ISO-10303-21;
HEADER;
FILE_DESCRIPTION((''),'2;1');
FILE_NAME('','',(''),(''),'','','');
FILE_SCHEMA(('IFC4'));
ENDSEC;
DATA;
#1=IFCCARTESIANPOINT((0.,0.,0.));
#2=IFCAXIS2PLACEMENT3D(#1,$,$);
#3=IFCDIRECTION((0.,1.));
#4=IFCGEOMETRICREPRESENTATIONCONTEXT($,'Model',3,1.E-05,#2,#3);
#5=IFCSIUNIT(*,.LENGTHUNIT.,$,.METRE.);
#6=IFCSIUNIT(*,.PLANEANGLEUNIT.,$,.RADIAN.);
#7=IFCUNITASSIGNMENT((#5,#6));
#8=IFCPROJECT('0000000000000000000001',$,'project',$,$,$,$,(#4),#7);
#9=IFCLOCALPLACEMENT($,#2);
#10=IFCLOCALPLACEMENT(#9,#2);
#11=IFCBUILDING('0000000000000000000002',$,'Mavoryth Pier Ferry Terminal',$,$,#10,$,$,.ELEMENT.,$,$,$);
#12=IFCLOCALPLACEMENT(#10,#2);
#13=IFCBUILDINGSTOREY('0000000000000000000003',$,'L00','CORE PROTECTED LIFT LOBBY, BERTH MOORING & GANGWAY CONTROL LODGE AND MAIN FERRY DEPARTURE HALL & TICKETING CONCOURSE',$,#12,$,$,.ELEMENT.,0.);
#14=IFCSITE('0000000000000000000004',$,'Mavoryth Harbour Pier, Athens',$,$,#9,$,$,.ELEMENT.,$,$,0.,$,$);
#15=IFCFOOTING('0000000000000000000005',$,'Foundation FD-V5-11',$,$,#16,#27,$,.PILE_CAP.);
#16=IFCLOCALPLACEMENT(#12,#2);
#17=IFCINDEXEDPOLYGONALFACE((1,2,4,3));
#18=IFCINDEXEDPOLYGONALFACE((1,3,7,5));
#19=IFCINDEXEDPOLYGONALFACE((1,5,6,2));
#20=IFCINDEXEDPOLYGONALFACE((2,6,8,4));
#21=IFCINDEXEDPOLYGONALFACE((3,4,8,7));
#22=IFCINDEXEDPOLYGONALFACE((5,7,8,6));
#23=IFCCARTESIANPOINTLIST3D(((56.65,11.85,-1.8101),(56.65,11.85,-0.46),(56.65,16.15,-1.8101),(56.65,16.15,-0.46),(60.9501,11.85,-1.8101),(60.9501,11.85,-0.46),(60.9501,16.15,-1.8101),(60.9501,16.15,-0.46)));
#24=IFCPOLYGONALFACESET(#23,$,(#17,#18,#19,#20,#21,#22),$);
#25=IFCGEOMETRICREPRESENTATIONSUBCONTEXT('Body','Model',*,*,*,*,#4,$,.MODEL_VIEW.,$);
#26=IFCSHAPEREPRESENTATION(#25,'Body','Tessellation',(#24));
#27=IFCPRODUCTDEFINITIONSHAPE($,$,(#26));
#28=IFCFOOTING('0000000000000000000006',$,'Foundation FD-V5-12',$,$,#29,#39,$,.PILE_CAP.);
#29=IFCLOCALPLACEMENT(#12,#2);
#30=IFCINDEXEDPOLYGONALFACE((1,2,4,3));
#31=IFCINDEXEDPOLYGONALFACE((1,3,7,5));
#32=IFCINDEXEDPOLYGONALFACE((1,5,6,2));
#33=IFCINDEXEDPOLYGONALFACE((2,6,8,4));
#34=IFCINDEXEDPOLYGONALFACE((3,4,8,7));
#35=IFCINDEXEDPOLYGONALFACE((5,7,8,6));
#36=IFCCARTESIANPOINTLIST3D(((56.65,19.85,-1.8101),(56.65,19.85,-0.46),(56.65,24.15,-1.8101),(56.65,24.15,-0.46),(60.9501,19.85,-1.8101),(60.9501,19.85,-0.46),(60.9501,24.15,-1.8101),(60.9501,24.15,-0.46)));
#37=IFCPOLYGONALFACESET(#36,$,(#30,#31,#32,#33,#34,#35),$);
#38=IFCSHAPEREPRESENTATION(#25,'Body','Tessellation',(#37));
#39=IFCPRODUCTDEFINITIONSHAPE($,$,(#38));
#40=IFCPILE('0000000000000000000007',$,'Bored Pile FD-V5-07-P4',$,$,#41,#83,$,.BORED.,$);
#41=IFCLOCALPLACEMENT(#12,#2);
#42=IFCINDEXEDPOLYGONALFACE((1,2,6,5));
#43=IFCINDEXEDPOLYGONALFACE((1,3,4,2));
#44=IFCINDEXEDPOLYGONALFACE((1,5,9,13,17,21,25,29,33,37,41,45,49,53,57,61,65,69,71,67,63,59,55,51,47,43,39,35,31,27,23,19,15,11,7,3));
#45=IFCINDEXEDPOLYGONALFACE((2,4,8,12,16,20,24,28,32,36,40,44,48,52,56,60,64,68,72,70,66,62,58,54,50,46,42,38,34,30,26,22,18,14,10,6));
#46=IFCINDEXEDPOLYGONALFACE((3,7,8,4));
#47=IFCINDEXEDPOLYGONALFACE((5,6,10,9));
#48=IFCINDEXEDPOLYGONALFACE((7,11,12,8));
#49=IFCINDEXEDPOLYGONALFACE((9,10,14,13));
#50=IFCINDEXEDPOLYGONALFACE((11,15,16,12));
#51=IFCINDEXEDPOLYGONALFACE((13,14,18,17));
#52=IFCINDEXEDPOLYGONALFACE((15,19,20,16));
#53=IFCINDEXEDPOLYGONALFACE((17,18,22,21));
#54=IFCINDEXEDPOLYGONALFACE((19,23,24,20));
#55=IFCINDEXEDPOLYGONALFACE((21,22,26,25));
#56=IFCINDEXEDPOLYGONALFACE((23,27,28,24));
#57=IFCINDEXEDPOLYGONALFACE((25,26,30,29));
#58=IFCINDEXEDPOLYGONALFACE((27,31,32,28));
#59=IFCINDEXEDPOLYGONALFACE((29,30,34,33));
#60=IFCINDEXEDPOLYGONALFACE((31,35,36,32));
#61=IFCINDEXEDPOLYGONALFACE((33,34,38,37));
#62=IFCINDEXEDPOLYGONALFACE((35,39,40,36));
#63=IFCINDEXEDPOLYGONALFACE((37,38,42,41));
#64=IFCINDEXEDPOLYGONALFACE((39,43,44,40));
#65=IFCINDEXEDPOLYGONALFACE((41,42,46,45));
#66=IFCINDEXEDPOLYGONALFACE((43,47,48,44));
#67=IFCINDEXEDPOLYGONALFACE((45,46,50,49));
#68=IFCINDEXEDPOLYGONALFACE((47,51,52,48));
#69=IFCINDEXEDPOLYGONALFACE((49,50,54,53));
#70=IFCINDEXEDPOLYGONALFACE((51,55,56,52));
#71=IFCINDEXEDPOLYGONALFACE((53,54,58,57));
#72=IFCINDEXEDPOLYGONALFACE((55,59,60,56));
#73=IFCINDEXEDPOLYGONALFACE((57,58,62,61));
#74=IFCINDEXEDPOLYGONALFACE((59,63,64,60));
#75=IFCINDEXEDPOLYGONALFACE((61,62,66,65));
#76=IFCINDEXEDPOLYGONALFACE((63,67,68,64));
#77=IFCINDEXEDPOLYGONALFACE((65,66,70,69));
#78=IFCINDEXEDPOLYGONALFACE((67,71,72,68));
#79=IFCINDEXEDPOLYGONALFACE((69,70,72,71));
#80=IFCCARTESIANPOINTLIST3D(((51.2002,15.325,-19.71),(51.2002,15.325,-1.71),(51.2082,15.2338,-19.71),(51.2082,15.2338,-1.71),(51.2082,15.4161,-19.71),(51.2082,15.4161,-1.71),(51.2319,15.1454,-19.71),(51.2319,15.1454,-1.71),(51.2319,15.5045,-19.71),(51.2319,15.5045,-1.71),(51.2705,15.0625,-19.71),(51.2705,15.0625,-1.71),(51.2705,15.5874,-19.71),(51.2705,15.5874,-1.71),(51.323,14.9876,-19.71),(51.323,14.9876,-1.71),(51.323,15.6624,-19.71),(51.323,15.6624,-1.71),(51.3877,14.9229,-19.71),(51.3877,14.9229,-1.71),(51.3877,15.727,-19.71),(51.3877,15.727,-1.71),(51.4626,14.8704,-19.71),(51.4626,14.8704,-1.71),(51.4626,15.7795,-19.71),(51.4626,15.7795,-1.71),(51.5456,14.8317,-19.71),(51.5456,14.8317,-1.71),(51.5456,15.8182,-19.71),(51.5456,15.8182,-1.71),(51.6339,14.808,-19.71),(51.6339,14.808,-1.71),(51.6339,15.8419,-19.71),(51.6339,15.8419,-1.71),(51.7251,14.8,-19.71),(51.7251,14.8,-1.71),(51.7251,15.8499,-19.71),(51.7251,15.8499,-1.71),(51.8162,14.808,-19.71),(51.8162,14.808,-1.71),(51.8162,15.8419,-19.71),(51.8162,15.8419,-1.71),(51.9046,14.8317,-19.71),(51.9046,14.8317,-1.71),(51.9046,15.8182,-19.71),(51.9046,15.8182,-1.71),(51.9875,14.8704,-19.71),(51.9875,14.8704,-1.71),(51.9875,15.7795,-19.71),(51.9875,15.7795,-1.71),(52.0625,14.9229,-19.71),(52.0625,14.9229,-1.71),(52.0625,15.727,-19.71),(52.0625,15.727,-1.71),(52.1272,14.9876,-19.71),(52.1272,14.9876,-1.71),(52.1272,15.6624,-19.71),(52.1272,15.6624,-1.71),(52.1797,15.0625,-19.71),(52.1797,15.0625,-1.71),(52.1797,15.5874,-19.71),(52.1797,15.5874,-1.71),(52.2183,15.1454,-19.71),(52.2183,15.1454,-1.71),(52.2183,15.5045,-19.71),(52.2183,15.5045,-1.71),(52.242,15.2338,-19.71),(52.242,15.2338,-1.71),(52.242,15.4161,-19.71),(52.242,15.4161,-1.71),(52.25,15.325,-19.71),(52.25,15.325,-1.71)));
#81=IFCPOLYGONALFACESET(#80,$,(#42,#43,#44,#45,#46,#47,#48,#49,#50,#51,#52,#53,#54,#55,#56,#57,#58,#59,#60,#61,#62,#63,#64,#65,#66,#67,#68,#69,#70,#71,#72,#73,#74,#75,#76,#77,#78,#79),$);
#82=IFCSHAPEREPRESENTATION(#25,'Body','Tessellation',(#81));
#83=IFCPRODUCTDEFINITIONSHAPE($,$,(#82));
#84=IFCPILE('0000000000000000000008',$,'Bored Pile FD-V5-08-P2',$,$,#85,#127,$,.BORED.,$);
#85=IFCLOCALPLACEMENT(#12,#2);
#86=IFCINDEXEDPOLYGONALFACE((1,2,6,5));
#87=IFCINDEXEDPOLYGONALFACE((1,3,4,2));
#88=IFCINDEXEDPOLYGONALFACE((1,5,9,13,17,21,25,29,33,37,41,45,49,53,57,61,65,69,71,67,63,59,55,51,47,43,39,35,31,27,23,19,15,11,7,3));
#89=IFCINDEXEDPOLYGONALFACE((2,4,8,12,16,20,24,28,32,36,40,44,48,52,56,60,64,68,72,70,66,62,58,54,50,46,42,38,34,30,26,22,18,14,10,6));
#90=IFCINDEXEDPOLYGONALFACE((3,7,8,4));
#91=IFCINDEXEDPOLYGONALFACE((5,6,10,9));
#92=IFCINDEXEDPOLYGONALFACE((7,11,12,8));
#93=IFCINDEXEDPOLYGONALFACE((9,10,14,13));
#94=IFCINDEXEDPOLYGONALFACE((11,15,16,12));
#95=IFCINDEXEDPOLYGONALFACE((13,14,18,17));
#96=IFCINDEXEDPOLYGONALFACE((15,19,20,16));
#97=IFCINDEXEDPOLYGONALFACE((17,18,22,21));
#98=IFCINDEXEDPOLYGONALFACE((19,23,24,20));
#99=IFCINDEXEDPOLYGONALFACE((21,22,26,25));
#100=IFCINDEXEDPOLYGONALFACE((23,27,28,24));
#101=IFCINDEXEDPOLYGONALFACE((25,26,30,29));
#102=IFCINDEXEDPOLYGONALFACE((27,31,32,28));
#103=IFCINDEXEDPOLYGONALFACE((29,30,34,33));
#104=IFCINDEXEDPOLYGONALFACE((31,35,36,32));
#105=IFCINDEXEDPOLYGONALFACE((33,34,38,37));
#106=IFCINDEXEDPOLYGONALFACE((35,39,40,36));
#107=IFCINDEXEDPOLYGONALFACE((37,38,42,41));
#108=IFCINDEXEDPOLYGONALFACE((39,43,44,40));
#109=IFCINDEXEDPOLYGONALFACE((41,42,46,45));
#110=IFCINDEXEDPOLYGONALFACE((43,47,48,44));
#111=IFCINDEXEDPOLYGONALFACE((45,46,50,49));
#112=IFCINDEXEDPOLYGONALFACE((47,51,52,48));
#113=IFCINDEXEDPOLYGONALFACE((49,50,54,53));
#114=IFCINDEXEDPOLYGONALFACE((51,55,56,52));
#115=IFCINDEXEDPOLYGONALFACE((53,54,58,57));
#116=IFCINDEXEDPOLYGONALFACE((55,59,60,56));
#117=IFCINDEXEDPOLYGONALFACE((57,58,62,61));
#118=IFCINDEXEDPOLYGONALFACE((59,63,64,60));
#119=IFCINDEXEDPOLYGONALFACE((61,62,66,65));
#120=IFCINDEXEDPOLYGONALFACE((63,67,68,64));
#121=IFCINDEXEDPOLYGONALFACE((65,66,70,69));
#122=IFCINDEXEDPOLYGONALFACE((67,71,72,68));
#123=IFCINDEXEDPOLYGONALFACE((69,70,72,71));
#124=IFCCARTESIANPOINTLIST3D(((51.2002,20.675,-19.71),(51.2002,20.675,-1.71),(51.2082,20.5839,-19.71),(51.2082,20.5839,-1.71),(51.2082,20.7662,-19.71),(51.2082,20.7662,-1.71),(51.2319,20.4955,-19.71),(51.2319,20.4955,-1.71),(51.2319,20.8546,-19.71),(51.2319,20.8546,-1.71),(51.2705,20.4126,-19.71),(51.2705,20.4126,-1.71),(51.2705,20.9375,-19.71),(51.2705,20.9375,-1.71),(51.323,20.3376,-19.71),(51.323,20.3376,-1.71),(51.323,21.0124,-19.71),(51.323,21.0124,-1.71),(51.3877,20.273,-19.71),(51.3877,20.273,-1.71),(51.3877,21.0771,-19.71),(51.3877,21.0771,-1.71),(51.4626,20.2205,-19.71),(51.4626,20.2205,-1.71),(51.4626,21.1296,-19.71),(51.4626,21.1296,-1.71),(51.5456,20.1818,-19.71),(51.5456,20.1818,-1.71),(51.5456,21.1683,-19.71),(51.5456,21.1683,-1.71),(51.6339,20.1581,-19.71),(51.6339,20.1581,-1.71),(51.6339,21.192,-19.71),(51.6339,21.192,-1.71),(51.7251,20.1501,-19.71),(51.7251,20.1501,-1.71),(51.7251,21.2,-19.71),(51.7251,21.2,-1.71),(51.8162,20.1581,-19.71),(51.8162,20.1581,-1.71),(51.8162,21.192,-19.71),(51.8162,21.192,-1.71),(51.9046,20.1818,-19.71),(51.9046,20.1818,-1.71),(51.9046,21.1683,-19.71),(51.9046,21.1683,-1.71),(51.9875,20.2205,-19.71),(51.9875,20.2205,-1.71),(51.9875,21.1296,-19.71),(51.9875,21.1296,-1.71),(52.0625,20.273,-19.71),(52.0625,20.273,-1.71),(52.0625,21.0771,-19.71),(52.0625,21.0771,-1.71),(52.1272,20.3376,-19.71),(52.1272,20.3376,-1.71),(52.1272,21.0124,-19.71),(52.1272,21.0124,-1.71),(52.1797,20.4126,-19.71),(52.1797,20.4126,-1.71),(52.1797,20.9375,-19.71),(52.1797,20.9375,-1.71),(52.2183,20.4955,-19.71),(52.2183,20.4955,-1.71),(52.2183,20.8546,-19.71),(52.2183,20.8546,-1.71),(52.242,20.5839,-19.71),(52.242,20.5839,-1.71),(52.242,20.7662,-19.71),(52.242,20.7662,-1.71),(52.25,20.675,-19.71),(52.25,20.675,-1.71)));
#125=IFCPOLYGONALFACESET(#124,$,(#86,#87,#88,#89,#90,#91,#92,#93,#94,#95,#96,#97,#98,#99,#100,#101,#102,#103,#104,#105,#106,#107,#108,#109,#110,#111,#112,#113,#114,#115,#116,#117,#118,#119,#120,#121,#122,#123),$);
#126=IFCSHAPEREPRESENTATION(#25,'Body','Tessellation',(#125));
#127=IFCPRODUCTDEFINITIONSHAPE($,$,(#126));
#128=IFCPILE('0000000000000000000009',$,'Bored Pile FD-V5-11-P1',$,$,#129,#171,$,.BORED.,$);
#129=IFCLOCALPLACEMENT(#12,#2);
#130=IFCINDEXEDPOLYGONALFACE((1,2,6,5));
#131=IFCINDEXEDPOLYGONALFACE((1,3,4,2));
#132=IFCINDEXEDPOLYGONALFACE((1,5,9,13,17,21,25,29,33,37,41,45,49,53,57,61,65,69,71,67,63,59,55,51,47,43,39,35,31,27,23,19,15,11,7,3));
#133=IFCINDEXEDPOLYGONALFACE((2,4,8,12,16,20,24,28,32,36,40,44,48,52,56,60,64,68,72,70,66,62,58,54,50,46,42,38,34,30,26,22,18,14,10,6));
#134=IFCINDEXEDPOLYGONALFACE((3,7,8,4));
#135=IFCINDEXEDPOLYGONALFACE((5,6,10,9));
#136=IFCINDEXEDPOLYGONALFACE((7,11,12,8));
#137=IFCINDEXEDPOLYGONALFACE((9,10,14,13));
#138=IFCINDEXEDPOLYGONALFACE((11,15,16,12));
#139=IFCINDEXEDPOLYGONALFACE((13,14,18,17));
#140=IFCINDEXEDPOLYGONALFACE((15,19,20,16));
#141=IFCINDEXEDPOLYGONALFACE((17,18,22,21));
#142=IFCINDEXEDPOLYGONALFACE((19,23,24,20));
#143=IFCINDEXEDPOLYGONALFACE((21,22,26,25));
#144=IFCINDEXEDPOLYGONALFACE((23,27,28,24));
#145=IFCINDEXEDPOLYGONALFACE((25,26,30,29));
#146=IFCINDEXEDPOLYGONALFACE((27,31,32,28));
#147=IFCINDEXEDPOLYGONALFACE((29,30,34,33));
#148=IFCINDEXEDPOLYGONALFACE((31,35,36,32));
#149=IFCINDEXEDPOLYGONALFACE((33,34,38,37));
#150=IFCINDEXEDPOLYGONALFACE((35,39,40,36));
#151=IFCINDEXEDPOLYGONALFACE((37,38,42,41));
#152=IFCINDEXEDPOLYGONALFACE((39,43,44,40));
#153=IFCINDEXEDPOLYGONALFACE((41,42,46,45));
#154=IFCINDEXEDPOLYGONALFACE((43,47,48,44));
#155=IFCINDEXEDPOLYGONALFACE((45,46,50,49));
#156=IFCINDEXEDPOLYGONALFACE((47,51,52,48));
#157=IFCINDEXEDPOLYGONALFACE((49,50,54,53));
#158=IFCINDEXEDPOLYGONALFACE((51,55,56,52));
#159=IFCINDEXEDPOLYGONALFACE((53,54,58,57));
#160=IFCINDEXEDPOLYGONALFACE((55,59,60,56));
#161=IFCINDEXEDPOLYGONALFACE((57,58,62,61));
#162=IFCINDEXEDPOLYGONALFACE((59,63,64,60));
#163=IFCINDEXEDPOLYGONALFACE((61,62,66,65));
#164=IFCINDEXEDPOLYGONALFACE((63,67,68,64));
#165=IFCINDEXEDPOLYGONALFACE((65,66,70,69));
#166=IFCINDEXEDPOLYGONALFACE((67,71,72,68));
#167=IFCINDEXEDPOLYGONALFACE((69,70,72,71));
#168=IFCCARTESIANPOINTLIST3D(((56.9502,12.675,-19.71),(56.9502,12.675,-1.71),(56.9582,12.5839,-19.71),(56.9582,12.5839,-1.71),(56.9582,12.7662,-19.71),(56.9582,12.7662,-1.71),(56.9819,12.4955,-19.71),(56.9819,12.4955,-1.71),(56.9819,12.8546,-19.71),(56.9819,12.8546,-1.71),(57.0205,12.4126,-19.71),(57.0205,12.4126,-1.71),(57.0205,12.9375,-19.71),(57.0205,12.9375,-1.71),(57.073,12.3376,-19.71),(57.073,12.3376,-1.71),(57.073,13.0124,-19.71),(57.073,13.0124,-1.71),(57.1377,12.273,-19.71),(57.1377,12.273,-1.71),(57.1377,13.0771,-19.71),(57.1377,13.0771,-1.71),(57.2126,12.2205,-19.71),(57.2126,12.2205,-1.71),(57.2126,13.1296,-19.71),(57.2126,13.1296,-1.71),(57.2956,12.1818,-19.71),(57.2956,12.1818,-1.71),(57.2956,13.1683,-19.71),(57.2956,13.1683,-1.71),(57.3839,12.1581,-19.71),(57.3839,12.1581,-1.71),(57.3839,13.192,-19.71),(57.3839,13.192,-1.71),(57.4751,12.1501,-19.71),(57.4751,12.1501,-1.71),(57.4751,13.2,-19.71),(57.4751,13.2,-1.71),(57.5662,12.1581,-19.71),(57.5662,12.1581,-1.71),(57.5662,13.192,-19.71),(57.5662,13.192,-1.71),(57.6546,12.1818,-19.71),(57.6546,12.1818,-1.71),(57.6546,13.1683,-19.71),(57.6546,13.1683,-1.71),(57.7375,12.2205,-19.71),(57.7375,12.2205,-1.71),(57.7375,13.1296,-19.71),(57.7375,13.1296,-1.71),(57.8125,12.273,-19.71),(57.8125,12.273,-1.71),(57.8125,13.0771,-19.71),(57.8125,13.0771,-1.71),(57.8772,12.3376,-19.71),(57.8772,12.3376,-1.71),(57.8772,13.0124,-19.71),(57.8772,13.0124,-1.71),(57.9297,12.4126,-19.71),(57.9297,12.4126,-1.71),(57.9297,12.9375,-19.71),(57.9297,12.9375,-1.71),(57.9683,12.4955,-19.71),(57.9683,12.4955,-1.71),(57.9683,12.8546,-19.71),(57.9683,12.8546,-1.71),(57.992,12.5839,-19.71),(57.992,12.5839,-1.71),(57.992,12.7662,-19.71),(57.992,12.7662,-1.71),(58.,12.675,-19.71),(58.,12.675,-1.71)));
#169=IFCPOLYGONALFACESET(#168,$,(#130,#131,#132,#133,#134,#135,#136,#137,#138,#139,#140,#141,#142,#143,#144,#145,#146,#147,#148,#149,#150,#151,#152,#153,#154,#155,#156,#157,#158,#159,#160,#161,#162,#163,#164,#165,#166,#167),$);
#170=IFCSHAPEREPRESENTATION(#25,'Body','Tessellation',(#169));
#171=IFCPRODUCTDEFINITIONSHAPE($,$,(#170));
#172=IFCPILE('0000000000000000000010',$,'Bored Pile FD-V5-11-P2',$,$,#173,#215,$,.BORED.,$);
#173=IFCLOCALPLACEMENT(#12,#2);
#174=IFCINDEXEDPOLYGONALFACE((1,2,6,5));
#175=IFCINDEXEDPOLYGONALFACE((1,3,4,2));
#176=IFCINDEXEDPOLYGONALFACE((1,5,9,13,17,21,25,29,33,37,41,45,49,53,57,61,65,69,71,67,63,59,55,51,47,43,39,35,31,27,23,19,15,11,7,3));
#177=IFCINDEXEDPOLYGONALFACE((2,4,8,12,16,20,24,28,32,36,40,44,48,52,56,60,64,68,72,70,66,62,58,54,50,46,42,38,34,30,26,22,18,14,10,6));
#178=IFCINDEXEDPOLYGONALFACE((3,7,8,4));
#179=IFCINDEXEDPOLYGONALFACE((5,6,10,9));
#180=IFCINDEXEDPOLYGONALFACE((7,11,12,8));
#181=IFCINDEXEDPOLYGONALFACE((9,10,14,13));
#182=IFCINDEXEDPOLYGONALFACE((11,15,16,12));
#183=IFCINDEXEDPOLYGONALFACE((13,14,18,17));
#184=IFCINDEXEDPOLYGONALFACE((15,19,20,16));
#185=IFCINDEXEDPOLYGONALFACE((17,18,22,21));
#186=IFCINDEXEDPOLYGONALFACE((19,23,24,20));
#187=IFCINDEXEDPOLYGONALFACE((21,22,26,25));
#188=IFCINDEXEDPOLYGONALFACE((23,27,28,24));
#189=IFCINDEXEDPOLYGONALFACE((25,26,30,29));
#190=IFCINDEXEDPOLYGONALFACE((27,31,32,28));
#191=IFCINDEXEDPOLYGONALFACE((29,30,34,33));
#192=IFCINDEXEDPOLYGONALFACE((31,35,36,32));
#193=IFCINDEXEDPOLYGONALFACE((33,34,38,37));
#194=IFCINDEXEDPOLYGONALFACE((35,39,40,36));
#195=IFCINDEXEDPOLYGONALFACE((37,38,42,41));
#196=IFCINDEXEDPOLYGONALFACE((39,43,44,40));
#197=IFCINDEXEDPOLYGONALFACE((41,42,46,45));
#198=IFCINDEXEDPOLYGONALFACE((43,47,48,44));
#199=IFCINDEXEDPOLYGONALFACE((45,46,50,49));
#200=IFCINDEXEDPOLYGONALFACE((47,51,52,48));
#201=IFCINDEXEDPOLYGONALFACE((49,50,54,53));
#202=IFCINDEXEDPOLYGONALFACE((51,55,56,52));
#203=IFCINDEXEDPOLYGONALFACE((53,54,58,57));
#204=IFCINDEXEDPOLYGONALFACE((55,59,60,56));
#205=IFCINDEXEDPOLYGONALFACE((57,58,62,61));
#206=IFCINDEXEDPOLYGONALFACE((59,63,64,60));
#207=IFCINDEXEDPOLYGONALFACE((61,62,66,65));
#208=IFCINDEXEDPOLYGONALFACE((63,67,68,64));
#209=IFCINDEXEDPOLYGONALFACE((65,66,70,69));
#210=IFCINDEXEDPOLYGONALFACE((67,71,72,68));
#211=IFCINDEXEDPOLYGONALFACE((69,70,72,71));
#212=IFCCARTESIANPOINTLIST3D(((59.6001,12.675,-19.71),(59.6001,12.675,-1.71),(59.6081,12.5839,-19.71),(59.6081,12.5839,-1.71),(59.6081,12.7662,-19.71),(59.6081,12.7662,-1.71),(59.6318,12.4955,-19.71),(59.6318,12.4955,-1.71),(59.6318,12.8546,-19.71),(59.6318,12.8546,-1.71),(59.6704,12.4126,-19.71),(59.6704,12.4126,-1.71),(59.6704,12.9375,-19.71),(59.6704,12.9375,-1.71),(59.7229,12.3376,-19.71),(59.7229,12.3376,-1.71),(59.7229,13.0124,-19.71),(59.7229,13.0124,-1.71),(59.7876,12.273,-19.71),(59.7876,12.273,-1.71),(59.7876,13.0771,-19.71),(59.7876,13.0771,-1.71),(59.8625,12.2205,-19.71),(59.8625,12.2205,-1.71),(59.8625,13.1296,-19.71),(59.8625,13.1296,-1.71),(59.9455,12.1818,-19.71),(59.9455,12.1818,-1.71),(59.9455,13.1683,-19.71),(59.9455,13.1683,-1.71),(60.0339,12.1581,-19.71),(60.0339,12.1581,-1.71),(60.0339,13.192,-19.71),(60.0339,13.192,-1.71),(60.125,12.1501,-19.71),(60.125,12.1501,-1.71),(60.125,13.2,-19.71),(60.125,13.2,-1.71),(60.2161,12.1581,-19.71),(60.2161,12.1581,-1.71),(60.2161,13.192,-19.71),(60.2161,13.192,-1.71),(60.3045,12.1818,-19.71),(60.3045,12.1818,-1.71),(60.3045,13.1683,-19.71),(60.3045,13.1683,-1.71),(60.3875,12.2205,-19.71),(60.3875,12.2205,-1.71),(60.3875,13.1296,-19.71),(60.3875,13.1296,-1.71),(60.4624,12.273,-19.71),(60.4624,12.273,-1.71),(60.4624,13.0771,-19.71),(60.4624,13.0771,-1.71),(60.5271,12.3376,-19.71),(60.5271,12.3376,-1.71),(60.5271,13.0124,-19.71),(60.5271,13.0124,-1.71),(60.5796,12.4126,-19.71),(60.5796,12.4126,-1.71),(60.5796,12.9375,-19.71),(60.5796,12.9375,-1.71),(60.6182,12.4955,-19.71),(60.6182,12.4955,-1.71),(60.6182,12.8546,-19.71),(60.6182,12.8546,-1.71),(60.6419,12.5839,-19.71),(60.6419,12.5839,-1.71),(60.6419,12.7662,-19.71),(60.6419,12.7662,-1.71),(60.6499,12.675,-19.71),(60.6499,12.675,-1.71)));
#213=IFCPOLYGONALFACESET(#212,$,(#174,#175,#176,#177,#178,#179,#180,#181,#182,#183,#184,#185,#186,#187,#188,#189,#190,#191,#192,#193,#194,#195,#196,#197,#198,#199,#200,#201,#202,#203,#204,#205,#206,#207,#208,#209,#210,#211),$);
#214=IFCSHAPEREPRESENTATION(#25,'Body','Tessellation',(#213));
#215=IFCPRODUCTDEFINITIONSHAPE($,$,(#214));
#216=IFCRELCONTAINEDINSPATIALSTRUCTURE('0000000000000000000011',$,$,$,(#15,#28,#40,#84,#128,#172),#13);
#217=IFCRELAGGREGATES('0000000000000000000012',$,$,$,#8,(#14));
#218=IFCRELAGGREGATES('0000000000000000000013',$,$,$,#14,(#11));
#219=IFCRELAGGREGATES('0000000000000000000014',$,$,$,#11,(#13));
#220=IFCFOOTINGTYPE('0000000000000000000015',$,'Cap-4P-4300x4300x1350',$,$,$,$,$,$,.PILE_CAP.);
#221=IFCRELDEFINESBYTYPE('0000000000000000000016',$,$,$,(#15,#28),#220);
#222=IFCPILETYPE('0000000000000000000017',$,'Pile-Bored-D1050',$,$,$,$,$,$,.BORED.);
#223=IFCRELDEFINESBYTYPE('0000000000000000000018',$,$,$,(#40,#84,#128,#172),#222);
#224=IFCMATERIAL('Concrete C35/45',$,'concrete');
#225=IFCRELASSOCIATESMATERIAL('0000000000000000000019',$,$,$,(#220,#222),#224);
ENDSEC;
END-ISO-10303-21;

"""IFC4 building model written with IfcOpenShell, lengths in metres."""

from ifc_helpers import new_model, si_unit, direction, frame, origin, origin_2d, place, context, subcontext, project, spatial, rectangle, circle, extrude, material, material_profile, profile_set, type_object, element, save


model = new_model("IFC4")

# Units and contexts
model_context = context("Model", 3, precision=1e-05, world=origin(), true_north=direction((0.0, 1.0)))
body_context = subcontext(model_context, "Body", "Model", "MODEL_VIEW")
ifc_project = project(units=[si_unit("LENGTHUNIT", "METRE"), si_unit("PLANEANGLEUNIT", "RADIAN")], contexts=[model_context])

# Site, building, storey
site_placement = place(None, origin())
site = spatial("IfcSite", under=ifc_project, at=site_placement, Name="Mavoryth Harbour Pier, Athens", CompositionType="ELEMENT", RefElevation=0.0)
building_placement = place(site_placement, origin())
building = spatial("IfcBuilding", under=site, at=building_placement, Name="Mavoryth Pier Ferry Terminal", CompositionType="ELEMENT")
storey_placement = place(building_placement, origin())
storey = spatial("IfcBuildingStorey", under=building, at=storey_placement, Name="L00", Description="CORE PROTECTED LIFT LOBBY, BERTH MOORING & GANGWAY CONTROL LODGE AND MAIN FERRY DEPARTURE HALL & TICKETING CONCOURSE", CompositionType="ELEMENT", Elevation=0.0)

# Footings
ifc_material_1 = material(Name="Concrete C35/45", Category="concrete")
footing_type_1 = type_object("IfcFootingType", Name="Cap-4P-4300x4300x1350", PredefinedType="PILE_CAP", material=ifc_material_1)
for number, where, z_axis, x_axis, name in (
    (1, (58.8, 14.0, -1.8101), (0.0, 0.0, 1.0), (1.0, 0.0, 0.0), "Foundation FD-V5-11"),
    (2, (58.8, 22.0, -1.8101), (0.0, 0.0, 1.0), (1.0, 0.0, 0.0), "Foundation FD-V5-12"),
):
    element("IfcFooting", number, at=place(storey_placement, frame(where, z_axis=z_axis, x_axis=x_axis)), inside=storey, type_object=footing_type_1, Name=name, PredefinedType="PILE_CAP", context=body_context, shape_type="SweptSolid", body=[
        extrude(rectangle(XDim=4.3, YDim=4.3, at=origin_2d()), origin(), (0.0, 0.0, 1.0), 1.3501),
    ])

# Piles
ifc_material_profile_1 = material_profile(ifc_material_1, circle(Radius=0.5249, at=origin_2d()), Name="PILE D1050", Category="concrete")
ifc_profile_set_1 = profile_set([ifc_material_profile_1], Name="Concrete C35/45 - PILE D1050")
pile_type = type_object("IfcPileType", Name="Pile-Bored-D1050", PredefinedType="BORED", material=ifc_profile_set_1)
for number, where, z_axis, x_axis, name in (
    (3, (51.7251, 15.325, -1.71), (0.0, 0.0, -1.0), (1.0, 0.0, 0.0), "Bored Pile FD-V5-07-P4"),
    (4, (51.7251, 20.675, -1.71), (0.0, 0.0, -1.0), (1.0, 0.0, 0.0), "Bored Pile FD-V5-08-P2"),
    (5, (57.4751, 12.675, -1.71), (0.0, 0.0, -1.0), (1.0, 0.0, 0.0), "Bored Pile FD-V5-11-P1"),
    (6, (60.125, 12.675, -1.71), (0.0, 0.0, -1.0), (1.0, 0.0, 0.0), "Bored Pile FD-V5-11-P2"),
):
    element("IfcPile", number, at=place(storey_placement, frame(where, z_axis=z_axis, x_axis=x_axis)), inside=storey, type_object=pile_type, Name=name, PredefinedType="BORED", context=body_context, shape_type="SweptSolid", body=[
        extrude(circle(Radius=0.5249, at=origin_2d()), origin(), (0.0, 0.0, 1.0), 18.0),
    ])

save(model, "model.ifc")
